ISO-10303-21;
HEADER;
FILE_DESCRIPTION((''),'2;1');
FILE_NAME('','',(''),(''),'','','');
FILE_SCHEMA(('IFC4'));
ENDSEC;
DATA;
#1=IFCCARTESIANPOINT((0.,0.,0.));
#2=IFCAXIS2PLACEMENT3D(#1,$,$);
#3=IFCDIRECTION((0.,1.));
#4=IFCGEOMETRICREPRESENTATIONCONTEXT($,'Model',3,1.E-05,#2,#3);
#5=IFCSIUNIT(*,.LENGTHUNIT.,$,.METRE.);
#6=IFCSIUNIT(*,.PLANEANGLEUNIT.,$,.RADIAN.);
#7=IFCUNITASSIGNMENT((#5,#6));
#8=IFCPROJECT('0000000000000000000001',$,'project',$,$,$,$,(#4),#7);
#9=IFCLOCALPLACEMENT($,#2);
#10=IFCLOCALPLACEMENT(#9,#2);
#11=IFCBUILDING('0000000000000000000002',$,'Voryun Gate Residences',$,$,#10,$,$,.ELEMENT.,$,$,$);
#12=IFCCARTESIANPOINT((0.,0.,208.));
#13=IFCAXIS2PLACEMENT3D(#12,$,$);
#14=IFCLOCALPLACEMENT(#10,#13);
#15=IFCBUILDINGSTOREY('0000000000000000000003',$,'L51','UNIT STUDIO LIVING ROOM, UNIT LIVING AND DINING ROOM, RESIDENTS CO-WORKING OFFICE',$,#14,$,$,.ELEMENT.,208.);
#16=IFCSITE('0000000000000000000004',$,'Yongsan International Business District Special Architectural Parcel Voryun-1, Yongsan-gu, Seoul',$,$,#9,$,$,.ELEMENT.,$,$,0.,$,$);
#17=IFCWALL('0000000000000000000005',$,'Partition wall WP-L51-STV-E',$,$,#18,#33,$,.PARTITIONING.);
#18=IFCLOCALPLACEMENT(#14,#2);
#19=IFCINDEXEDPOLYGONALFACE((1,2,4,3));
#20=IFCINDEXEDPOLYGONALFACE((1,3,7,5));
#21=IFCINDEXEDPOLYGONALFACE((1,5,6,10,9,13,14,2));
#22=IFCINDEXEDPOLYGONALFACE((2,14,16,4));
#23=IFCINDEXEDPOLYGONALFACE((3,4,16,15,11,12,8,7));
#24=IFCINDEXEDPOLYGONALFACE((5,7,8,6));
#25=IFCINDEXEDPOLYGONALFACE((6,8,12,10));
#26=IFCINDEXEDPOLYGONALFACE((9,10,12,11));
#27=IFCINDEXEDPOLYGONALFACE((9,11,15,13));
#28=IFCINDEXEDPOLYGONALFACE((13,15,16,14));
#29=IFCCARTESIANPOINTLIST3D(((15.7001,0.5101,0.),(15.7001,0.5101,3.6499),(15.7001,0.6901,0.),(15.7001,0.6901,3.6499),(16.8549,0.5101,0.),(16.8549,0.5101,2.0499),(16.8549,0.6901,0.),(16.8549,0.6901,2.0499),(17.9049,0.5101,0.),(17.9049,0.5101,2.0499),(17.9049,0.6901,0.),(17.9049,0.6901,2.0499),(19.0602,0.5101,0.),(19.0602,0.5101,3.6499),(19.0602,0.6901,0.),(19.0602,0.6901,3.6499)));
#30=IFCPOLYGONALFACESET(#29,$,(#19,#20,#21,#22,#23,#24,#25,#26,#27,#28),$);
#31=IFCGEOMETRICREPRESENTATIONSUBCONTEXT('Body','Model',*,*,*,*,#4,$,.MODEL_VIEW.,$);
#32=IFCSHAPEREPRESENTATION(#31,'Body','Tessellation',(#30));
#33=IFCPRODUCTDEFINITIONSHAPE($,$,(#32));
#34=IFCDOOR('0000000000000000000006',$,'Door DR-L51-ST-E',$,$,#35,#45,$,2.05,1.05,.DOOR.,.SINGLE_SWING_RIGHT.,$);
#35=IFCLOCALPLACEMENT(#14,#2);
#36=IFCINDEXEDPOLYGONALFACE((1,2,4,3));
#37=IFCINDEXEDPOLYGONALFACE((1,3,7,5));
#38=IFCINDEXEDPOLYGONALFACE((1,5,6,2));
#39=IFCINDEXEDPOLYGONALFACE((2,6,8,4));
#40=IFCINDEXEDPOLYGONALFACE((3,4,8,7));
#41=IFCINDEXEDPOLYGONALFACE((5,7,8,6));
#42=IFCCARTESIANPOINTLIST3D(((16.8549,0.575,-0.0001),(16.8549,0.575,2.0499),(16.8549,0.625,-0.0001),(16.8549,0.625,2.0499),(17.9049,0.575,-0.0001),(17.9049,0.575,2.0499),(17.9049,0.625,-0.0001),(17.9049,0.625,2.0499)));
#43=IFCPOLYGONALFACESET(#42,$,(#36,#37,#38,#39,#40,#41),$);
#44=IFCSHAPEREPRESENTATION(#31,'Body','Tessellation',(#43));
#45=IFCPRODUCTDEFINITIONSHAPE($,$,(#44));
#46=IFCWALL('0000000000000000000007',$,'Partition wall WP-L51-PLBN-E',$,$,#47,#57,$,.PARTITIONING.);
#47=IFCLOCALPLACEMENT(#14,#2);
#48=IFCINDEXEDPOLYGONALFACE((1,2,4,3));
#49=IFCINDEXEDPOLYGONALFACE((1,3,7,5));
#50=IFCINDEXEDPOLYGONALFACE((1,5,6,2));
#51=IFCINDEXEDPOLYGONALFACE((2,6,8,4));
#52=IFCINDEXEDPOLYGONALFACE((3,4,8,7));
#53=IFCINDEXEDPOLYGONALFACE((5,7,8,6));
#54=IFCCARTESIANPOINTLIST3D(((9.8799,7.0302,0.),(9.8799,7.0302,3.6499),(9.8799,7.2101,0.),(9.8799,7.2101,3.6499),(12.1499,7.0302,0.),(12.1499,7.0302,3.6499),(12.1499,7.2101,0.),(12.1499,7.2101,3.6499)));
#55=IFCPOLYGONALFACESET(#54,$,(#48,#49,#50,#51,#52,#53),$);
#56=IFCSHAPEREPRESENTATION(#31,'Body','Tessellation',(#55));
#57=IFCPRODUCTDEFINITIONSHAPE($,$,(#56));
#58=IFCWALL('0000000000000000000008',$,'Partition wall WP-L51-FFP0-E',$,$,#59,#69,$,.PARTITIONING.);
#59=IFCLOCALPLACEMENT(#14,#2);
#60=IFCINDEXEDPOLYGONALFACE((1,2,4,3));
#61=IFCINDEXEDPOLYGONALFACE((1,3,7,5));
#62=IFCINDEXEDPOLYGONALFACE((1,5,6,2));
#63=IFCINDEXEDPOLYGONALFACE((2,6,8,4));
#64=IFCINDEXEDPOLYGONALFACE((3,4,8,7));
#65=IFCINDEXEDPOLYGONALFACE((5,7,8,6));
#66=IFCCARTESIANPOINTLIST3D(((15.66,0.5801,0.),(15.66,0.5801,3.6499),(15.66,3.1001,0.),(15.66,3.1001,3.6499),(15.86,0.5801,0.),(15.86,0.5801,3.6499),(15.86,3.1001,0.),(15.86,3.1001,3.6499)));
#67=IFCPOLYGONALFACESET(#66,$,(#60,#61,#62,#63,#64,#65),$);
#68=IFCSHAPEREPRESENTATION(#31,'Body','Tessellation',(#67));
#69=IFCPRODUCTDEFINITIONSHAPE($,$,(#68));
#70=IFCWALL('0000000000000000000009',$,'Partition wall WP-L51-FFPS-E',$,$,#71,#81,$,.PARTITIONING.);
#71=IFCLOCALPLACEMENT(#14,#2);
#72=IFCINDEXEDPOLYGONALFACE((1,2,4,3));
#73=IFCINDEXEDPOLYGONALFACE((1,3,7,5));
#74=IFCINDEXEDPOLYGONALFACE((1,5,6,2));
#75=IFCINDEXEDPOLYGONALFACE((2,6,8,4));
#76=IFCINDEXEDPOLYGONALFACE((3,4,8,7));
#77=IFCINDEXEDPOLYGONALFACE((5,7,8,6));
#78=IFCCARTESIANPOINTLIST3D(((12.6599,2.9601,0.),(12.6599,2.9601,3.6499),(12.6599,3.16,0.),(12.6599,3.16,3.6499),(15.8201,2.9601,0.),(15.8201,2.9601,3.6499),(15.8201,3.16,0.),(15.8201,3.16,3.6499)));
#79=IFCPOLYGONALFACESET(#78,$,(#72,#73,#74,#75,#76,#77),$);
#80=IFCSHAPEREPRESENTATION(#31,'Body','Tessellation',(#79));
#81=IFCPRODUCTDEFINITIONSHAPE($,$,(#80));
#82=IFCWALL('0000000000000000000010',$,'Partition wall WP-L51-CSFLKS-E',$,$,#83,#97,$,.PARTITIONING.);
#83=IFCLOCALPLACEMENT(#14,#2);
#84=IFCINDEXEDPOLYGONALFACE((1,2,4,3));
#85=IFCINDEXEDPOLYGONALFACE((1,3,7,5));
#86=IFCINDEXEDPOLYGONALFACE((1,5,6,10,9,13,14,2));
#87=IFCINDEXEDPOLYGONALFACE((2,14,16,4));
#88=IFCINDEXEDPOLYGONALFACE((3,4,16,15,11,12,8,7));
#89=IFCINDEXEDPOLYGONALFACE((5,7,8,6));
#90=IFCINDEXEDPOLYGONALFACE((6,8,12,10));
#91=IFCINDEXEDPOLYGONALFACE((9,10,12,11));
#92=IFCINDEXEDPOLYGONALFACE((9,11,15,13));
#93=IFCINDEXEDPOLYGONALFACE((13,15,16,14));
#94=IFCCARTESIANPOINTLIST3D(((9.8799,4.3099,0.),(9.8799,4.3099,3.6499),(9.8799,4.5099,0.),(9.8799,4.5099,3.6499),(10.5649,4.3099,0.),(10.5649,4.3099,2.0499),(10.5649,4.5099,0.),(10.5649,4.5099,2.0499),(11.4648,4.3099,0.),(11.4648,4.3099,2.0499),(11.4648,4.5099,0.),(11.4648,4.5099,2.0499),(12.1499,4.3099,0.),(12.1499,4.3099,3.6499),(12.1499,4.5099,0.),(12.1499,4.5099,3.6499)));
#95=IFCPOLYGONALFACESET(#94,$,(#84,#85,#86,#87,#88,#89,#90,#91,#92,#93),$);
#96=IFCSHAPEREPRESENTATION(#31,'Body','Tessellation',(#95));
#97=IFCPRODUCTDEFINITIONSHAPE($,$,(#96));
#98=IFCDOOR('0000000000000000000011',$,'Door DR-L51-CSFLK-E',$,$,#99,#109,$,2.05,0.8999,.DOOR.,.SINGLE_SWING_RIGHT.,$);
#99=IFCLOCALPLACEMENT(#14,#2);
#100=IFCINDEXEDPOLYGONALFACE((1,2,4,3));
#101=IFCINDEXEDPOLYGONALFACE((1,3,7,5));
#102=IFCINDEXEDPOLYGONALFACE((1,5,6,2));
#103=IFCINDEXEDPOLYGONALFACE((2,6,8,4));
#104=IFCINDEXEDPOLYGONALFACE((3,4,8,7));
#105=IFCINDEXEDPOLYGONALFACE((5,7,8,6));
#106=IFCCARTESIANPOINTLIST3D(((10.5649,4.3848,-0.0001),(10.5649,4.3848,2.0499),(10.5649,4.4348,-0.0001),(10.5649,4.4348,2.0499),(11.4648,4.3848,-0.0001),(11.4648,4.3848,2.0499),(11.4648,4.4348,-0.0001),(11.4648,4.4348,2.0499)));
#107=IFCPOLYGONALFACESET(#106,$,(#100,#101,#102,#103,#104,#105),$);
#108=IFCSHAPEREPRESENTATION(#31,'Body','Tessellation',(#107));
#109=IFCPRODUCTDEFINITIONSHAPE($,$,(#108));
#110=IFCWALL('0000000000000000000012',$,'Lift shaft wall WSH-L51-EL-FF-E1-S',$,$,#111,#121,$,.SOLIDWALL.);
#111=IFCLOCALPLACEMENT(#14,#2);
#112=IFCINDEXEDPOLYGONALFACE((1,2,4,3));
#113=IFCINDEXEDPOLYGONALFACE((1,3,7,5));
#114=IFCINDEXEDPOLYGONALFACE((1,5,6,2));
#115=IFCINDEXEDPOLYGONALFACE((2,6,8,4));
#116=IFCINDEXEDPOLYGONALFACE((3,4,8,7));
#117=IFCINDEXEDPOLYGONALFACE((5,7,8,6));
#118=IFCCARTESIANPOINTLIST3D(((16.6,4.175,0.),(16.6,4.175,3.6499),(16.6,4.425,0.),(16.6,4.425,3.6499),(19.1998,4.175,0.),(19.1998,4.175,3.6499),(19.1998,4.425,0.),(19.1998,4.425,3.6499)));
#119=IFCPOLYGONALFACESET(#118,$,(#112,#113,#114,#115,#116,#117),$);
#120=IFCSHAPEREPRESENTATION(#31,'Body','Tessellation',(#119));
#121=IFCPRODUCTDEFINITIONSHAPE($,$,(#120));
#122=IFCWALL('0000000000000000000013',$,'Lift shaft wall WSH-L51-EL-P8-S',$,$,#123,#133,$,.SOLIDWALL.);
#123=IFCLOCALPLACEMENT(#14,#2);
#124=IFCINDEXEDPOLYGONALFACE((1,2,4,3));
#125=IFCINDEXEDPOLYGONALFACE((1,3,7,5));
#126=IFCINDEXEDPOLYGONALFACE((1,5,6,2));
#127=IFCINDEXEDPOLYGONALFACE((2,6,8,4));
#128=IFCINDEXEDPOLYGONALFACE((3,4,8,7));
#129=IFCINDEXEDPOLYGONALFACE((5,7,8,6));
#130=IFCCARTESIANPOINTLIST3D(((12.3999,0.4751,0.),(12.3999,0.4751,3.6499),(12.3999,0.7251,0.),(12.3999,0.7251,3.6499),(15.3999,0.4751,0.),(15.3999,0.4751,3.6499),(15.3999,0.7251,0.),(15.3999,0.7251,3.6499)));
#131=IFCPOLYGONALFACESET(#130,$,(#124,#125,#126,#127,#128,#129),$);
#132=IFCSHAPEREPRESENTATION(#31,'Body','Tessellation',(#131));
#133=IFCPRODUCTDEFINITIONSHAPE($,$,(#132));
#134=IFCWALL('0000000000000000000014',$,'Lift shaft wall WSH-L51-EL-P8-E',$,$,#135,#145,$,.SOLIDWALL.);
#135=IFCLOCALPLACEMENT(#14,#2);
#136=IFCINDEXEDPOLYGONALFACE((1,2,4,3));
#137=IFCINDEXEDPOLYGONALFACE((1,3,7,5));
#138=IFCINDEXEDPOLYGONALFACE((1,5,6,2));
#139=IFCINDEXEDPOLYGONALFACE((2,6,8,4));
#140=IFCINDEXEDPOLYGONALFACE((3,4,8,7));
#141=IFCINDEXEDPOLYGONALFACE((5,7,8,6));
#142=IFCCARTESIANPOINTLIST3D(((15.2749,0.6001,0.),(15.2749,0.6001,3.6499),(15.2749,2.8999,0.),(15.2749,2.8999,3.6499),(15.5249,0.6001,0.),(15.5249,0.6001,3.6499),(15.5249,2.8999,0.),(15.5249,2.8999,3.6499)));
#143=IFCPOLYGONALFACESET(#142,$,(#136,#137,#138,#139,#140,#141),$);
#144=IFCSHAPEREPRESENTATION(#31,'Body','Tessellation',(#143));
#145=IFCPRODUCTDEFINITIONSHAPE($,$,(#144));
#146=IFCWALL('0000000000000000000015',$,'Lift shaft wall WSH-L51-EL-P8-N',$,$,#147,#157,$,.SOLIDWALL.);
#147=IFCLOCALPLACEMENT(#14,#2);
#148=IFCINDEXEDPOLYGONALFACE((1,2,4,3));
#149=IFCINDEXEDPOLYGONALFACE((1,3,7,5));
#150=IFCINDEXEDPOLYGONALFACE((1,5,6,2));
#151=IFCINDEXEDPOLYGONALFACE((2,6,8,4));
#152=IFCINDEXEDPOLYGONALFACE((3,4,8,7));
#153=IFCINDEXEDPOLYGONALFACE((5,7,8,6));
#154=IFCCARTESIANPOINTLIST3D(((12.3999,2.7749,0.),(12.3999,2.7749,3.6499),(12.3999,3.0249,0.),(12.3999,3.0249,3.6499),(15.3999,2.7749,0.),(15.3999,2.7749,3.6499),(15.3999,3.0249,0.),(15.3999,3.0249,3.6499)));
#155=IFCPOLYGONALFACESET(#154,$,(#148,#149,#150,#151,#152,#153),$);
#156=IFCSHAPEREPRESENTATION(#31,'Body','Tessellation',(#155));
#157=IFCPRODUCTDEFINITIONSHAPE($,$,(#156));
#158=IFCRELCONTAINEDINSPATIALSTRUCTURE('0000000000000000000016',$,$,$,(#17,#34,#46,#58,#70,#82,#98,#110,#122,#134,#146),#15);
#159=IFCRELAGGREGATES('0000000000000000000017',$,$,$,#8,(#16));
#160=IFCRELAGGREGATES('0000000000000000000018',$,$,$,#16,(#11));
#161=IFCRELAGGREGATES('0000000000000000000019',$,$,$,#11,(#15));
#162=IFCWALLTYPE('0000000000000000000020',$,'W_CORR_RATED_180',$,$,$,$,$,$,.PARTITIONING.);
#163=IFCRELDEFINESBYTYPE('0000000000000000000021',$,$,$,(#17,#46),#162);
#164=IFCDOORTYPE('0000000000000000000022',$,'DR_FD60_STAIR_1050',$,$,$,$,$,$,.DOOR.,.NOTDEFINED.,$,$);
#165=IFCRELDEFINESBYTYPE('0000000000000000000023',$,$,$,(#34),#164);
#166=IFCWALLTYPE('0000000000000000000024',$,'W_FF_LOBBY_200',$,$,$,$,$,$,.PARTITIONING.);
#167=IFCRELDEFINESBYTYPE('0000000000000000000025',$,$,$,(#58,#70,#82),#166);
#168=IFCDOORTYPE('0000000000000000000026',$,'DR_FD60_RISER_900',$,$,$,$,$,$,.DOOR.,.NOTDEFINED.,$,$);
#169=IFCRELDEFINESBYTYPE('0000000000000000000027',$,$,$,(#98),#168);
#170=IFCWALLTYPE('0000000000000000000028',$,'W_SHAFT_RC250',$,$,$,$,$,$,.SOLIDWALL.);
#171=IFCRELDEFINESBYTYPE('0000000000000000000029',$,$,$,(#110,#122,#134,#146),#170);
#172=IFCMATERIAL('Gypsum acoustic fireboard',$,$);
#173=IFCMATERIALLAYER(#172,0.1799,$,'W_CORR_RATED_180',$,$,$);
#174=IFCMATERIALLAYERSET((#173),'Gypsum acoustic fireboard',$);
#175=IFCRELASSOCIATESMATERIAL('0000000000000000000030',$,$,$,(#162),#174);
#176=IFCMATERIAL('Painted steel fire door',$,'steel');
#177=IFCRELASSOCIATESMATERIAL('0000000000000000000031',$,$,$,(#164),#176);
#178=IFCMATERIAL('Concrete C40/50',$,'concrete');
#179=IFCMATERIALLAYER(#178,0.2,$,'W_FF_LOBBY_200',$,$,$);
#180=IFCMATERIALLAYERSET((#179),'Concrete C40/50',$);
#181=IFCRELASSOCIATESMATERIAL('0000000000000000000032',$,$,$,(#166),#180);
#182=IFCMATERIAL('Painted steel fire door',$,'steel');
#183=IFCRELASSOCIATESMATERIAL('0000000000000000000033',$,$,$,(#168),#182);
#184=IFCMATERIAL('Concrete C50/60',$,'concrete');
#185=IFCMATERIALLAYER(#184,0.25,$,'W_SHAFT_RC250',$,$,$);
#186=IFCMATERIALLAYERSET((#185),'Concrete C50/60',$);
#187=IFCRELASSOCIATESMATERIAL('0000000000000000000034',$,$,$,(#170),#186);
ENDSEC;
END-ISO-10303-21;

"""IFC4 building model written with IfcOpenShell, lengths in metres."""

from ifc_helpers import new_model, si_unit, direction, frame, frame_2d, origin, place, context, subcontext, project, spatial, rectangle, extrude, material, layer, layer_set, type_object, element, fill, save


model = new_model("IFC4")

# Units and contexts
model_context = context("Model", 3, precision=1e-05, world=origin(), true_north=direction((0.0, 1.0)))
body_context = subcontext(model_context, "Body", "Model", "MODEL_VIEW")
ifc_project = project(units=[si_unit("LENGTHUNIT", "METRE"), si_unit("PLANEANGLEUNIT", "RADIAN")], contexts=[model_context])

# Site, building, storey
site_placement = place(None, origin())
site = spatial("IfcSite", under=ifc_project, at=site_placement, Name="Yongsan International Business District Special Architectural Parcel Voryun-1, Yongsan-gu, Seoul", CompositionType="ELEMENT", RefElevation=0.0)
building_placement = place(site_placement, origin())
building = spatial("IfcBuilding", under=site, at=building_placement, Name="Voryun Gate Residences", CompositionType="ELEMENT")
storey_placement = place(building_placement, frame((0.0, 0.0, 208.0)))
storey = spatial("IfcBuildingStorey", under=building, at=storey_placement, Name="L51", Description="UNIT STUDIO LIVING ROOM, UNIT LIVING AND DINING ROOM, RESIDENTS CO-WORKING OFFICE", CompositionType="ELEMENT", Elevation=208.0)

# Wall, opening, door
ifc_material_1 = material(Name="Gypsum acoustic fireboard")
ifc_layer_1 = layer(ifc_material_1, 0.1799, Name="W_CORR_RATED_180")
ifc_layer_set_1 = layer_set([ifc_layer_1], Name="Gypsum acoustic fireboard")
wall_type_1 = type_object("IfcWallType", Name="W_CORR_RATED_180", PredefinedType="PARTITIONING", material=ifc_layer_set_1)
wall_1_placement = place(storey_placement, frame((15.7, 0.6001, 0.0), z_axis=(0.0, 0.0, 1.0), x_axis=(1.0, 0.0, 0.0)))
wall_1 = element("IfcWall", 1, at=wall_1_placement, inside=storey, type_object=wall_type_1, Name="Partition wall WP-L51-STV-E", PredefinedType="PARTITIONING", context=body_context, shape_type="SweptSolid", body=[
    extrude(rectangle(XDim=3.3601, YDim=0.1799, at=frame_2d((1.6802, 0.0))), origin(), (0.0, 0.0, 1.0), 3.6499),
])
opening_1_placement = place(wall_1_placement, frame((1.155, 0.0, 0.0)))
opening_1 = element("IfcOpeningElement", 2, at=opening_1_placement, cuts=wall_1, PredefinedType="OPENING", context=body_context, shape_type="SweptSolid", body=[
    extrude(rectangle(XDim=1.05, YDim=2.05, at=frame_2d((0.5249, 1.0249))), frame((0.0, 0.0999, 0.0), z_axis=(0.0, -1.0, 0.0), x_axis=(1.0, 0.0, 0.0)), (0.0, 0.0, 1.0), 0.2),
])
ifc_material_2 = material(Name="Painted steel fire door", Category="steel")
door_type_1 = type_object("IfcDoorType", Name="DR_FD60_STAIR_1050", OperationType="NOTDEFINED", PredefinedType="DOOR", material=ifc_material_2)
door_1_placement = place(opening_1_placement, origin())
door_1 = element("IfcDoor", 3, at=door_1_placement, inside=storey, type_object=door_type_1, Name="Door DR-L51-ST-E", OperationType="SINGLE_SWING_RIGHT", OverallHeight=2.05, OverallWidth=1.05, PredefinedType="DOOR", context=body_context, shape_type="SweptSolid", body=[
    extrude(rectangle(XDim=1.05, YDim=2.05, at=frame_2d((0.5249, 1.0249))), frame((0.0, 0.0249, 0.0), z_axis=(0.0, -1.0, 0.0), x_axis=(1.0, 0.0, 0.0)), (0.0, 0.0, 1.0), 0.05),
])
fill(opening_1, door_1)

# Walls
wall_2_placement = place(storey_placement, frame((9.8799, 7.1201, 0.0), z_axis=(0.0, 0.0, 1.0), x_axis=(1.0, 0.0, 0.0)))
element("IfcWall", 4, at=wall_2_placement, inside=storey, type_object=wall_type_1, Name="Partition wall WP-L51-PLBN-E", PredefinedType="PARTITIONING", context=body_context, shape_type="SweptSolid", body=[
    extrude(rectangle(XDim=2.27, YDim=0.1799, at=frame_2d((1.135, 0.0))), origin(), (0.0, 0.0, 1.0), 3.6499),
])
ifc_material_3 = material(Name="Concrete C40/50", Category="concrete")
ifc_layer_2 = layer(ifc_material_3, 0.2, Name="W_FF_LOBBY_200")
ifc_layer_set_2 = layer_set([ifc_layer_2], Name="Concrete C40/50")
wall_type_2 = type_object("IfcWallType", Name="W_FF_LOBBY_200", PredefinedType="PARTITIONING", material=ifc_layer_set_2)
wall_3_placement = place(storey_placement, frame((15.76, 0.5801, 0.0), z_axis=(0.0, 0.0, 1.0), x_axis=(0.0, 1.0, 0.0)))
element("IfcWall", 5, at=wall_3_placement, inside=storey, type_object=wall_type_2, Name="Partition wall WP-L51-FFP0-E", PredefinedType="PARTITIONING", context=body_context, shape_type="SweptSolid", body=[
    extrude(rectangle(XDim=2.52, YDim=0.2, at=frame_2d((1.26, 0.0))), origin(), (0.0, 0.0, 1.0), 3.6499),
])
wall_4_placement = place(storey_placement, frame((12.6599, 3.0601, 0.0), z_axis=(0.0, 0.0, 1.0), x_axis=(1.0, 0.0, 0.0)))
element("IfcWall", 6, at=wall_4_placement, inside=storey, type_object=wall_type_2, Name="Partition wall WP-L51-FFPS-E", PredefinedType="PARTITIONING", context=body_context, shape_type="SweptSolid", body=[
    extrude(rectangle(XDim=3.1602, YDim=0.2, at=frame_2d((1.5801, 0.0))), origin(), (0.0, 0.0, 1.0), 3.6499),
])

# Wall, opening, door
wall_5_placement = place(storey_placement, frame((9.8799, 4.4099, 0.0), z_axis=(0.0, 0.0, 1.0), x_axis=(1.0, 0.0, 0.0)))
wall_5 = element("IfcWall", 7, at=wall_5_placement, inside=storey, type_object=wall_type_2, Name="Partition wall WP-L51-CSFLKS-E", PredefinedType="PARTITIONING", context=body_context, shape_type="SweptSolid", body=[
    extrude(rectangle(XDim=2.27, YDim=0.2, at=frame_2d((1.135, 0.0))), origin(), (0.0, 0.0, 1.0), 3.6499),
])
opening_2_placement = place(wall_5_placement, frame((0.6851, 0.0, 0.0)))
opening_2 = element("IfcOpeningElement", 8, at=opening_2_placement, cuts=wall_5, PredefinedType="OPENING", context=body_context, shape_type="SweptSolid", body=[
    extrude(rectangle(XDim=0.8999, YDim=2.05, at=frame_2d((0.45, 1.0249))), frame((0.0, 0.1101, 0.0), z_axis=(0.0, -1.0, 0.0), x_axis=(1.0, 0.0, 0.0)), (0.0, 0.0, 1.0), 0.22),
])
ifc_material_4 = material(Name="Painted steel fire door", Category="steel")
door_type_2 = type_object("IfcDoorType", Name="DR_FD60_RISER_900", OperationType="NOTDEFINED", PredefinedType="DOOR", material=ifc_material_4)
door_2_placement = place(opening_2_placement, origin())
door_2 = element("IfcDoor", 9, at=door_2_placement, inside=storey, type_object=door_type_2, Name="Door DR-L51-CSFLK-E", OperationType="SINGLE_SWING_RIGHT", OverallHeight=2.05, OverallWidth=0.8999, PredefinedType="DOOR", context=body_context, shape_type="SweptSolid", body=[
    extrude(rectangle(XDim=0.8999, YDim=2.05, at=frame_2d((0.45, 1.0249))), frame((0.0, 0.0249, 0.0), z_axis=(0.0, -1.0, 0.0), x_axis=(1.0, 0.0, 0.0)), (0.0, 0.0, 1.0), 0.05),
])
fill(opening_2, door_2)

# Walls
ifc_material_5 = material(Name="Concrete C50/60", Category="concrete")
ifc_layer_3 = layer(ifc_material_5, 0.25, Name="W_SHAFT_RC250")
ifc_layer_set_3 = layer_set([ifc_layer_3], Name="Concrete C50/60")
wall_type_3 = type_object("IfcWallType", Name="W_SHAFT_RC250", PredefinedType="SOLIDWALL", material=ifc_layer_set_3)
wall_6_placement = place(storey_placement, frame((16.6001, 4.3, 0.0), z_axis=(0.0, 0.0, 1.0), x_axis=(1.0, 0.0, 0.0)))
element("IfcWall", 10, at=wall_6_placement, inside=storey, type_object=wall_type_3, Name="Lift shaft wall WSH-L51-EL-FF-E1-S", PredefinedType="SOLIDWALL", context=body_context, shape_type="SweptSolid", body=[
    extrude(rectangle(XDim=2.5999, YDim=0.25, at=frame_2d((1.2998, 0.0))), origin(), (0.0, 0.0, 1.0), 3.6499),
])
wall_7_placement = place(storey_placement, frame((12.3999, 0.6001, 0.0), z_axis=(0.0, 0.0, 1.0), x_axis=(1.0, 0.0, 0.0)))
element("IfcWall", 11, at=wall_7_placement, inside=storey, type_object=wall_type_3, Name="Lift shaft wall WSH-L51-EL-P8-S", PredefinedType="SOLIDWALL", context=body_context, shape_type="SweptSolid", body=[
    extrude(rectangle(XDim=3.0, YDim=0.25, at=frame_2d((1.5, 0.0))), origin(), (0.0, 0.0, 1.0), 3.6499),
])
wall_8_placement = place(storey_placement, frame((15.3999, 0.6001, 0.0), z_axis=(0.0, 0.0, 1.0), x_axis=(0.0, 1.0, 0.0)))
element("IfcWall", 12, at=wall_8_placement, inside=storey, type_object=wall_type_3, Name="Lift shaft wall WSH-L51-EL-P8-E", PredefinedType="SOLIDWALL", context=body_context, shape_type="SweptSolid", body=[
    extrude(rectangle(XDim=2.2998, YDim=0.25, at=frame_2d((1.1499, 0.0))), origin(), (0.0, 0.0, 1.0), 3.6499),
])
wall_9_placement = place(storey_placement, frame((15.3999, 2.8999, 0.0), z_axis=(0.0, 0.0, 1.0), x_axis=(-1.0, 0.0, 0.0)))
element("IfcWall", 13, at=wall_9_placement, inside=storey, type_object=wall_type_3, Name="Lift shaft wall WSH-L51-EL-P8-N", PredefinedType="SOLIDWALL", context=body_context, shape_type="SweptSolid", body=[
    extrude(rectangle(XDim=3.0, YDim=0.25, at=frame_2d((1.5, 0.0))), origin(), (0.0, 0.0, 1.0), 3.6499),
])

save(model, "model.ifc")
